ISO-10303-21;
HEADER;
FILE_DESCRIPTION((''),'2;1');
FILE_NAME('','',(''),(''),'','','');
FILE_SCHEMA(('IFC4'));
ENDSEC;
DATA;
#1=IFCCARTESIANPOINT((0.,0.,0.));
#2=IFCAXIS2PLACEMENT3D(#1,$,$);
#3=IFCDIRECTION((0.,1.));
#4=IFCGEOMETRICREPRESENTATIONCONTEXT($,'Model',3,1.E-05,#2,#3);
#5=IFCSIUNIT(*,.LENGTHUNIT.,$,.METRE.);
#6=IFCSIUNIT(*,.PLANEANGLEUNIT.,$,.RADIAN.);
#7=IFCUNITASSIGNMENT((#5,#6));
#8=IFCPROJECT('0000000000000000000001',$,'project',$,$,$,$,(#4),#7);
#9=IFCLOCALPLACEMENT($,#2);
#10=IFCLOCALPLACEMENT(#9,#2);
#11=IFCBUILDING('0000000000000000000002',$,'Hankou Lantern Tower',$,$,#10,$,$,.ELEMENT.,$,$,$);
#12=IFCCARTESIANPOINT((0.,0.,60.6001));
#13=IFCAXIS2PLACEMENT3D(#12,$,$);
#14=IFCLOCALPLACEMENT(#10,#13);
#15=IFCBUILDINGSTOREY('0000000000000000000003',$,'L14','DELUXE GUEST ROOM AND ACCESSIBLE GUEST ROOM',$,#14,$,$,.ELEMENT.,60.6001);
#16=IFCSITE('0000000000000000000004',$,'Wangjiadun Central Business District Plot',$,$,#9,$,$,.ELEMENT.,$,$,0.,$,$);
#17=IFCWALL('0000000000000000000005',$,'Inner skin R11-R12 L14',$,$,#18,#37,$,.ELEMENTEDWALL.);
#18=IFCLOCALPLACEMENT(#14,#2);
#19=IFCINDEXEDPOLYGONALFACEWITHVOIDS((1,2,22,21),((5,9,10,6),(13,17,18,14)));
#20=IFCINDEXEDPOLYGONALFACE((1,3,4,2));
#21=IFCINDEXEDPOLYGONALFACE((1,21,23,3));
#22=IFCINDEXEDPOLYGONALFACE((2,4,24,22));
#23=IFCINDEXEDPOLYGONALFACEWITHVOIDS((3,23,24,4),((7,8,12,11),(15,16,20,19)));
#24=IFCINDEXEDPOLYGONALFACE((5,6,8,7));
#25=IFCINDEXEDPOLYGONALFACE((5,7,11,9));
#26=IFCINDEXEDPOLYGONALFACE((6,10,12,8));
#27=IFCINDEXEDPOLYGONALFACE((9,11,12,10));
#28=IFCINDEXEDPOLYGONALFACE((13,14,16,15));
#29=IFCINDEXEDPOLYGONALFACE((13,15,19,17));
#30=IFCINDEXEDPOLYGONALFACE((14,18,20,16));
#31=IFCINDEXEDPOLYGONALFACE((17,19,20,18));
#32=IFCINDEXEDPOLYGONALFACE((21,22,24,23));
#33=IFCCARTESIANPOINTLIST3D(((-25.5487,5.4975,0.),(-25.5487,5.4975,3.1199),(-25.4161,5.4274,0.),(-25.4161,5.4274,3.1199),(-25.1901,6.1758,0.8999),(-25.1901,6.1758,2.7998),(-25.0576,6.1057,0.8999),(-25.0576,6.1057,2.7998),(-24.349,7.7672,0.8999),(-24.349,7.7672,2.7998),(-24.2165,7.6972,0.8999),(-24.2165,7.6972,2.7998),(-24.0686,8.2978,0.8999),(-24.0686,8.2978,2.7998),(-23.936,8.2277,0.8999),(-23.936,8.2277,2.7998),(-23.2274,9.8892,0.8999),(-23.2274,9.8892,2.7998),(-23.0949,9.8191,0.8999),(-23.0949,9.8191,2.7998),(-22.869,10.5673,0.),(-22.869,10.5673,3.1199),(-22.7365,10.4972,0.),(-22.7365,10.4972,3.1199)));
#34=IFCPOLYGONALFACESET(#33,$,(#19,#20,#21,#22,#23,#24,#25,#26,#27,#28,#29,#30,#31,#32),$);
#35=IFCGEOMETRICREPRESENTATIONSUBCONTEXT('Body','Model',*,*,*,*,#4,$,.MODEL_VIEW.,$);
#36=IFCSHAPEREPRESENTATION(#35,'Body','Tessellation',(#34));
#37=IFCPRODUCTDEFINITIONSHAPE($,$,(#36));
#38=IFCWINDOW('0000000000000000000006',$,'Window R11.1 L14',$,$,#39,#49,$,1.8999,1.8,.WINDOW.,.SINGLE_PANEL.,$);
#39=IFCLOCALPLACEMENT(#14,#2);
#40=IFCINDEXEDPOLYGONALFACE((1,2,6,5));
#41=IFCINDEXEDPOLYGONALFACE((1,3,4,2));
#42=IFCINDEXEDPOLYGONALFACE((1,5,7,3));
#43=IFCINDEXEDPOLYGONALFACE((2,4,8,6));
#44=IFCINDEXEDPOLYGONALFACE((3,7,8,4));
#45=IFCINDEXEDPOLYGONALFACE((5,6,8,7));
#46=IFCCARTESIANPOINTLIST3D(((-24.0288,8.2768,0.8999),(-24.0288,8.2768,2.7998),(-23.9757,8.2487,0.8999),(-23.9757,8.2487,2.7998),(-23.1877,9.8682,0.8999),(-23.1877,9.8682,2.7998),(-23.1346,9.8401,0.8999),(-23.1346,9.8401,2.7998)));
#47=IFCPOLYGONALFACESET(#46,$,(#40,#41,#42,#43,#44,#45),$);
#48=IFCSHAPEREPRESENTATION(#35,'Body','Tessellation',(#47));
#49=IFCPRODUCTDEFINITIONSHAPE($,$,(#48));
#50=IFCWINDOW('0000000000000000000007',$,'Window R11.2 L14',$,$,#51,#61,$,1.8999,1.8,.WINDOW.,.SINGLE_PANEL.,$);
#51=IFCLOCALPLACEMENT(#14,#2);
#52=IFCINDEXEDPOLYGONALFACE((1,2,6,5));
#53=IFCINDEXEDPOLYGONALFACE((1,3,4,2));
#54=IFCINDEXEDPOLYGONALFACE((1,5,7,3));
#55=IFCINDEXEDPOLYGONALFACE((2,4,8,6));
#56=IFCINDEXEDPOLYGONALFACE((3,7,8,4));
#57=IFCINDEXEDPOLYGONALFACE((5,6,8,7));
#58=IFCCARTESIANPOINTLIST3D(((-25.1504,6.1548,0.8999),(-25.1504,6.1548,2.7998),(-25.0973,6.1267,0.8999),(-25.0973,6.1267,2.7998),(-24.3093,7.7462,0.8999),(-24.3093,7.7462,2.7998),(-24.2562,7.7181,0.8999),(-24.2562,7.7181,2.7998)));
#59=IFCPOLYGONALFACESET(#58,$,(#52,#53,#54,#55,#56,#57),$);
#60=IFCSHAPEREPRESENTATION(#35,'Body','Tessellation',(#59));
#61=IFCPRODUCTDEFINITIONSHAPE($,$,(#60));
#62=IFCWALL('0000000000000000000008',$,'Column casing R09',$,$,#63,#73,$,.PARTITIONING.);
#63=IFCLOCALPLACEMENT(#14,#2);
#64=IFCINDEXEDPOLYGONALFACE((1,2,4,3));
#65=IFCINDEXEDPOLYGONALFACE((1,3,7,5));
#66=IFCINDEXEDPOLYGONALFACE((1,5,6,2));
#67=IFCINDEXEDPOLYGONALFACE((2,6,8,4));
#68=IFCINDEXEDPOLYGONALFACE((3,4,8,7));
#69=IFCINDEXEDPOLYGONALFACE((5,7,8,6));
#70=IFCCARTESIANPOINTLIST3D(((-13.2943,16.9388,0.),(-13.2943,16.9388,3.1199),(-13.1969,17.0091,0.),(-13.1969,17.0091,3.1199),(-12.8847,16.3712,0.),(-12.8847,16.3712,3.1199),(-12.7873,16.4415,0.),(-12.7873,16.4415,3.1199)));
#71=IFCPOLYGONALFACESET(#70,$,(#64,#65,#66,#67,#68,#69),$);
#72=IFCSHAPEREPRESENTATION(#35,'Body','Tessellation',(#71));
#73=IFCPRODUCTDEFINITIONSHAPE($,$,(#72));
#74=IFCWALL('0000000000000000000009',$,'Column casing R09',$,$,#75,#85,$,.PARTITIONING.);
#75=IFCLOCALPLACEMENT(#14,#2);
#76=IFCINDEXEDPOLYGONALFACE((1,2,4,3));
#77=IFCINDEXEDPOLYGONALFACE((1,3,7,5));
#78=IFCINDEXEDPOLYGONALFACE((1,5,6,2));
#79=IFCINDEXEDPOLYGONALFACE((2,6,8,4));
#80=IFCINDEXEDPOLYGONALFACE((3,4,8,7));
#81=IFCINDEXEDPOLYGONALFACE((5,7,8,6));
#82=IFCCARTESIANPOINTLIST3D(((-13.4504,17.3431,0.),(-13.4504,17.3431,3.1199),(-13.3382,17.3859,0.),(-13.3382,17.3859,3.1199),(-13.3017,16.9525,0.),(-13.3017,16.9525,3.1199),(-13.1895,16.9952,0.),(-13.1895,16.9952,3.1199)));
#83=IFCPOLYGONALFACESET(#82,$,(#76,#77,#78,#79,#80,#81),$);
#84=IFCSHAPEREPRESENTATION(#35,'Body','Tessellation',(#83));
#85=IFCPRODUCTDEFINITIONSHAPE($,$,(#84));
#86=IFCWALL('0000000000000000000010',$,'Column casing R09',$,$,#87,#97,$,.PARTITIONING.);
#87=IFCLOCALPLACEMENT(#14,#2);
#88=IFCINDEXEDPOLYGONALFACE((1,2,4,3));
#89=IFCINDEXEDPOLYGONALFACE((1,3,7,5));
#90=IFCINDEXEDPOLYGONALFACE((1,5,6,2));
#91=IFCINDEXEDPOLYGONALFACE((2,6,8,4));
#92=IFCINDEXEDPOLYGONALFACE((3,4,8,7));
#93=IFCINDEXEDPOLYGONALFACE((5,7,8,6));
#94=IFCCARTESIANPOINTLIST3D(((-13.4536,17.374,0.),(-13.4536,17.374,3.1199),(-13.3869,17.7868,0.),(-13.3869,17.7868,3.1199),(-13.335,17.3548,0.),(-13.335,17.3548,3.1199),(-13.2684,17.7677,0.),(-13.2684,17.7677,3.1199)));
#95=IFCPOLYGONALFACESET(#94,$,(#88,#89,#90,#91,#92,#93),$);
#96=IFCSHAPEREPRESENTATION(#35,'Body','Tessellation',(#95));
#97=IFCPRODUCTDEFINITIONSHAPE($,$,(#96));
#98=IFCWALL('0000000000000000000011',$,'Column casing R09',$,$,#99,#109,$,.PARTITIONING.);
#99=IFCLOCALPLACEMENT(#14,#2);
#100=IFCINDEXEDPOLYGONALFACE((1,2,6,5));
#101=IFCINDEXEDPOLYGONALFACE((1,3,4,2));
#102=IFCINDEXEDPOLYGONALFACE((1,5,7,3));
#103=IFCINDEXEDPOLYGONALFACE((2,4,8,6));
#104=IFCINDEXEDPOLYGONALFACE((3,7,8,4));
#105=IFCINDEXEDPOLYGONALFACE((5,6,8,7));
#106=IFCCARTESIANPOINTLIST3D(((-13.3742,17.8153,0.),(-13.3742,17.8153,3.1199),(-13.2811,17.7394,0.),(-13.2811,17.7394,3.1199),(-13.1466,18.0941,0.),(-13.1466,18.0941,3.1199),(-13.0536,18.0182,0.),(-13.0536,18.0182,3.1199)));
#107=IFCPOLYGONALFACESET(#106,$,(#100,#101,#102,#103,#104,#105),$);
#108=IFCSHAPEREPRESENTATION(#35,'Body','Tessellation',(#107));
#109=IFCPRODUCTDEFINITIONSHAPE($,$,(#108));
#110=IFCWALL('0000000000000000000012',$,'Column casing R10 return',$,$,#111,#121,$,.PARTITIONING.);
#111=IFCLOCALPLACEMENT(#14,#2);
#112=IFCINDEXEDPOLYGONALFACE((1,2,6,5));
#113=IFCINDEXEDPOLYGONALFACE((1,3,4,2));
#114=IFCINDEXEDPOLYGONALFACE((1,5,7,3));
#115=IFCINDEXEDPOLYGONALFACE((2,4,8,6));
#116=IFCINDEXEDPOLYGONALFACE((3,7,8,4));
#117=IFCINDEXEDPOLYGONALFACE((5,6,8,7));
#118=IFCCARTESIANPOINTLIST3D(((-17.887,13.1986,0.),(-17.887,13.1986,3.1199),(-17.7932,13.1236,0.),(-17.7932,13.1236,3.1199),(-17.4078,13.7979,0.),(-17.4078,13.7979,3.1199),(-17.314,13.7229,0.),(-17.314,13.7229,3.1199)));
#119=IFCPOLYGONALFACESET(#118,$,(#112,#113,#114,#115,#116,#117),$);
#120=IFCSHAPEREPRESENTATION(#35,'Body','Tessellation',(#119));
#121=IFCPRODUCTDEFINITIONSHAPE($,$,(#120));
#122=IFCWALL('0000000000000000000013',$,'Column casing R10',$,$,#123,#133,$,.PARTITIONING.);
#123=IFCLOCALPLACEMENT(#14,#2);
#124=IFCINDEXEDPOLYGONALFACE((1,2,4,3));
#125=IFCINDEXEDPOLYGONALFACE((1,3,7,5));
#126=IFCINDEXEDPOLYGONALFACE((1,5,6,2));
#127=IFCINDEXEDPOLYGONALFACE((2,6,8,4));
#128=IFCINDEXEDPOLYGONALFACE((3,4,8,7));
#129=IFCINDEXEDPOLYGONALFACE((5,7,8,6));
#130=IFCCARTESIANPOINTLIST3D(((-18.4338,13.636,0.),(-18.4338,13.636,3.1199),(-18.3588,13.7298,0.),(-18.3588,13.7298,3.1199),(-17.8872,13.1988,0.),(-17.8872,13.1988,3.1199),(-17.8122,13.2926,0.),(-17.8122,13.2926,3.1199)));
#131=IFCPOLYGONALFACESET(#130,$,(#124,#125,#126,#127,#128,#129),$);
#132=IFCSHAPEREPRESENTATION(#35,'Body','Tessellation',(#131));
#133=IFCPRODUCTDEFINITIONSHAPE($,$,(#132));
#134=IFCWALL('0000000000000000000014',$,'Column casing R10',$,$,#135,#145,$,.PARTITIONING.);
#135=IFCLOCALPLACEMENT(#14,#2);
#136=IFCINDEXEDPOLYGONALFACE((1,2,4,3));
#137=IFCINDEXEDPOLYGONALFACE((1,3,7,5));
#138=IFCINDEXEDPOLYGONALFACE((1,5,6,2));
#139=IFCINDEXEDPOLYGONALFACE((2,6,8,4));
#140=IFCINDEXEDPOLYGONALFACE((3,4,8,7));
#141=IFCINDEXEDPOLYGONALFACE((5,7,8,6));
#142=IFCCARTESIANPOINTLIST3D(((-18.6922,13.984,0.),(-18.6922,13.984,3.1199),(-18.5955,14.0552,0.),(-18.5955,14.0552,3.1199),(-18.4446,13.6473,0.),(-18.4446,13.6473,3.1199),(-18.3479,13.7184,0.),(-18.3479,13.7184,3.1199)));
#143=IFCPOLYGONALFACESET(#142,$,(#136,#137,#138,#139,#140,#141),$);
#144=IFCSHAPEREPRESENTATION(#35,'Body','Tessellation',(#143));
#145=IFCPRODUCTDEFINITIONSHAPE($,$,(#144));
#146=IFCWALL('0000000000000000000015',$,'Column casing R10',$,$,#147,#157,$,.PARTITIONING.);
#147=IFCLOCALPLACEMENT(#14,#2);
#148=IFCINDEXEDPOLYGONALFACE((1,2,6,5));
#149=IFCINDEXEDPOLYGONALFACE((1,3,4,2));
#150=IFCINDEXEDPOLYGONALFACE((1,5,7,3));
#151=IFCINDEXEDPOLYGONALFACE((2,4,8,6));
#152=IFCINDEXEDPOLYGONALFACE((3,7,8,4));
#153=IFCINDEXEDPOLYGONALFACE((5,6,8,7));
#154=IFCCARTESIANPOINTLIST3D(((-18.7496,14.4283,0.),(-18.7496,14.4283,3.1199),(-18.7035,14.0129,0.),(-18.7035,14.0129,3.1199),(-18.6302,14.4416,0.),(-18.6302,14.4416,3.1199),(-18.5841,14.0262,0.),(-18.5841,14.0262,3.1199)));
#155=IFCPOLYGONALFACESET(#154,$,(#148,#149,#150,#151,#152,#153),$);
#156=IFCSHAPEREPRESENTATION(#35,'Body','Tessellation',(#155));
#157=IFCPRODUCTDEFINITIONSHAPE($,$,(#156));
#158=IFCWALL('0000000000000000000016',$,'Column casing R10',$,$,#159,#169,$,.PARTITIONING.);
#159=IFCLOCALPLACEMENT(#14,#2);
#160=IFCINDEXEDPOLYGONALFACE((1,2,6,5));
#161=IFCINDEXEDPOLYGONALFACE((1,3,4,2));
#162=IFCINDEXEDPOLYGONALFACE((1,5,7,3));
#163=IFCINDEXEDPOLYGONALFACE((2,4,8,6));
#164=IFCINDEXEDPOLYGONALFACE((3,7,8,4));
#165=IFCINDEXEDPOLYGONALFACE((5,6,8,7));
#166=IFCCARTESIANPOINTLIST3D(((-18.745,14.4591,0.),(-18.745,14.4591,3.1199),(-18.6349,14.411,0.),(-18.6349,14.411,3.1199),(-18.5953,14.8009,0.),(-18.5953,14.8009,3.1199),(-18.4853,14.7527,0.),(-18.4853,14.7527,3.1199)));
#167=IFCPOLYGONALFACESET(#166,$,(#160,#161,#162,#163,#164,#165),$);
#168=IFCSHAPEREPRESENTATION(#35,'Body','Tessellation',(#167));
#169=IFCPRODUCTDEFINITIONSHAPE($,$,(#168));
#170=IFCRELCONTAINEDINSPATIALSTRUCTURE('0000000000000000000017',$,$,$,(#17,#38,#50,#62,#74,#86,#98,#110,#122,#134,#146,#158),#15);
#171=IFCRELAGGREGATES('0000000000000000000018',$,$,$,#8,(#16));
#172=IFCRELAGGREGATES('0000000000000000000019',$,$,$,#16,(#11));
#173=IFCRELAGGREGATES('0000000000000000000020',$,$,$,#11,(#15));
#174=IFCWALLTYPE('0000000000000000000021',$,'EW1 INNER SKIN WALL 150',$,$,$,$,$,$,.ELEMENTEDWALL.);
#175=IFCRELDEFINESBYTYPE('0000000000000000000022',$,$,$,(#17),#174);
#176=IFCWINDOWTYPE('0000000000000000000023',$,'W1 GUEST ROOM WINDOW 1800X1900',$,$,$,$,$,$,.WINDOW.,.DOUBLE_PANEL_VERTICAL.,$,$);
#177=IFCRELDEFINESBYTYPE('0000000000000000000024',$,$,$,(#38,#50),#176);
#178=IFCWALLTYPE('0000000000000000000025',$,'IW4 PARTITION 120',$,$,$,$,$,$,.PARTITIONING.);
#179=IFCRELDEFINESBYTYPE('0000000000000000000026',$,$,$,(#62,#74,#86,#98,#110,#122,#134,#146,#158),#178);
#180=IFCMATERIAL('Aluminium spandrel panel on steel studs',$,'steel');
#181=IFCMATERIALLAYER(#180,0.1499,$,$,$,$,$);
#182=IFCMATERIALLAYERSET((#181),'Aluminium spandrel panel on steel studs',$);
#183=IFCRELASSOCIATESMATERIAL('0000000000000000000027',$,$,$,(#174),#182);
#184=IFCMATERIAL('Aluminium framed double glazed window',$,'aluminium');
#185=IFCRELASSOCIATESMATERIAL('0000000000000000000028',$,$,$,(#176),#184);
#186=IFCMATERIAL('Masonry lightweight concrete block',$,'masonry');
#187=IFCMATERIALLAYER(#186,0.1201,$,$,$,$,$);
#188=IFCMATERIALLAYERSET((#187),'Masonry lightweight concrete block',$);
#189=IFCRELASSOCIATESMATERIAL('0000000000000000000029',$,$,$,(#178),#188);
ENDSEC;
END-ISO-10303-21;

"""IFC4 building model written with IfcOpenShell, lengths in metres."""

from ifc_helpers import new_model, si_unit, direction, frame, frame_2d, origin, place, context, subcontext, project, spatial, rectangle, extrude, material, layer, layer_set, type_object, element, fill, save


model = new_model("IFC4")

# Units and contexts
model_context = context("Model", 3, precision=1e-05, world=origin(), true_north=direction((0.0, 1.0)))
body_context = subcontext(model_context, "Body", "Model", "MODEL_VIEW")
ifc_project = project(units=[si_unit("LENGTHUNIT", "METRE"), si_unit("PLANEANGLEUNIT", "RADIAN")], contexts=[model_context])

# Site, building, storey
site_placement = place(None, origin())
site = spatial("IfcSite", under=ifc_project, at=site_placement, Name="Wangjiadun Central Business District Plot", CompositionType="ELEMENT", RefElevation=0.0)
building_placement = place(site_placement, origin())
building = spatial("IfcBuilding", under=site, at=building_placement, Name="Hankou Lantern Tower", CompositionType="ELEMENT")
storey_placement = place(building_placement, frame((0.0, 0.0, 60.6001)))
storey = spatial("IfcBuildingStorey", under=building, at=storey_placement, Name="L14", Description="DELUXE GUEST ROOM AND ACCESSIBLE GUEST ROOM", CompositionType="ELEMENT", Elevation=60.6001)

# Wall, openings, windows
ifc_material_1 = material(Name="Aluminium spandrel panel on steel studs", Category="steel")
ifc_layer_1 = layer(ifc_material_1, 0.1499)
ifc_layer_set_1 = layer_set([ifc_layer_1], Name="Aluminium spandrel panel on steel studs")
wall_type_1 = type_object("IfcWallType", Name="EW1 INNER SKIN WALL 150", PredefinedType="ELEMENTEDWALL", material=ifc_layer_set_1)
ifc_material_2 = material(Name="Aluminium framed double glazed window", Category="aluminium")
window_type = type_object("IfcWindowType", Name="W1 GUEST ROOM WINDOW 1800X1900", PartitioningType="DOUBLE_PANEL_VERTICAL", PredefinedType="WINDOW", material=ifc_material_2)
wall_1_placement = place(storey_placement, frame((-22.8027, 10.5322, 0.0), z_axis=(0.0, 0.0, 1.0), x_axis=(-0.467297, -0.8841, 0.0)))
wall_1 = element("IfcWall", 1, at=wall_1_placement, inside=storey, type_object=wall_type_1, Name="Inner skin R11-R12 L14", PredefinedType="ELEMENTEDWALL", context=body_context, shape_type="SweptSolid", body=[
    extrude(rectangle(XDim=5.7344, YDim=0.1499, at=frame_2d((2.8672, 0.0))), origin(), (0.0, 0.0, 1.0), 3.1199),
])
opening_1_placement = place(wall_1_placement, frame((0.7671, 0.0, 0.8999)))
opening_1 = element("IfcOpeningElement", 2, at=opening_1_placement, cuts=wall_1, PredefinedType="OPENING", context=body_context, shape_type="SweptSolid", body=[
    extrude(rectangle(XDim=1.8, YDim=1.8999, at=frame_2d((0.8999, 0.95))), frame((0.0, 0.085, 0.0), z_axis=(0.0, -1.0, 0.0), x_axis=(1.0, 0.0, 0.0)), (0.0, 0.0, 1.0), 0.1699),
])
opening_2_placement = place(wall_1_placement, frame((3.1672, 0.0, 0.8999)))
opening_2 = element("IfcOpeningElement", 3, at=opening_2_placement, cuts=wall_1, PredefinedType="OPENING", context=body_context, shape_type="SweptSolid", body=[
    extrude(rectangle(XDim=1.8, YDim=1.8999, at=frame_2d((0.8999, 0.95))), frame((0.0, 0.085, 0.0), z_axis=(0.0, -1.0, 0.0), x_axis=(1.0, 0.0, 0.0)), (0.0, 0.0, 1.0), 0.1699),
])
window_1_placement = place(opening_1_placement, origin())
window_1 = element("IfcWindow", 4, at=window_1_placement, inside=storey, type_object=window_type, Name="Window R11.1 L14", OverallHeight=1.8999, OverallWidth=1.8, PartitioningType="SINGLE_PANEL", PredefinedType="WINDOW", context=body_context, shape_type="SweptSolid", body=[
    extrude(rectangle(XDim=1.8, YDim=1.8999, at=frame_2d((0.8999, 0.95))), frame((0.0, 0.03, 0.0), z_axis=(0.0, -1.0, 0.0), x_axis=(1.0, 0.0, 0.0)), (0.0, 0.0, 1.0), 0.0601),
])
fill(opening_1, window_1)
window_2_placement = place(opening_2_placement, origin())
window_2 = element("IfcWindow", 5, at=window_2_placement, inside=storey, type_object=window_type, Name="Window R11.2 L14", OverallHeight=1.8999, OverallWidth=1.8, PartitioningType="SINGLE_PANEL", PredefinedType="WINDOW", context=body_context, shape_type="SweptSolid", body=[
    extrude(rectangle(XDim=1.8, YDim=1.8999, at=frame_2d((0.8999, 0.95))), frame((0.0, 0.03, 0.0), z_axis=(0.0, -1.0, 0.0), x_axis=(1.0, 0.0, 0.0)), (0.0, 0.0, 1.0), 0.0601),
])
fill(opening_2, window_2)

# Walls
ifc_material_3 = material(Name="Masonry lightweight concrete block", Category="masonry")
ifc_layer_2 = layer(ifc_material_3, 0.1201)
ifc_layer_set_2 = layer_set([ifc_layer_2], Name="Masonry lightweight concrete block")
wall_type_2 = type_object("IfcWallType", Name="IW4 PARTITION 120", PredefinedType="PARTITIONING", material=ifc_layer_set_2)
wall_2_placement = place(storey_placement, frame((-12.8359, 16.4062, 0.0), z_axis=(0.0, 0.0, 1.0), x_axis=(-0.585223, 0.810872, 0.0)))
element("IfcWall", 6, at=wall_2_placement, inside=storey, type_object=wall_type_2, Name="Column casing R09", PredefinedType="PARTITIONING", context=body_context, shape_type="SweptSolid", body=[
    extrude(rectangle(XDim=0.7, YDim=0.1201, at=frame_2d((0.3501, 0.0))), origin(), (0.0, 0.0, 1.0), 3.1199),
])
wall_3_placement = place(storey_placement, frame((-13.2456, 16.9739, 0.0), z_axis=(0.0, 0.0, 1.0), x_axis=(-0.355728, 0.934589, 0.0)))
element("IfcWall", 7, at=wall_3_placement, inside=storey, type_object=wall_type_2, Name="Column casing R09", PredefinedType="PARTITIONING", context=body_context, shape_type="SweptSolid", body=[
    extrude(rectangle(XDim=0.418, YDim=0.1201, at=frame_2d((0.209, 0.0))), origin(), (0.0, 0.0, 1.0), 3.1199),
])
wall_4_placement = place(storey_placement, frame((-13.3943, 17.3645, 0.0), z_axis=(0.0, 0.0, 1.0), x_axis=(0.159379, 0.987217, 0.0)))
element("IfcWall", 8, at=wall_4_placement, inside=storey, type_object=wall_type_2, Name="Column casing R09", PredefinedType="PARTITIONING", context=body_context, shape_type="SweptSolid", body=[
    extrude(rectangle(XDim=0.4182, YDim=0.1201, at=frame_2d((0.209, 0.0))), origin(), (0.0, 0.0, 1.0), 3.1199),
])
wall_5_placement = place(storey_placement, frame((-13.3276, 17.7773, 0.0), z_axis=(0.0, 0.0, 1.0), x_axis=(0.632277, 0.774743, 0.0)))
element("IfcWall", 9, at=wall_5_placement, inside=storey, type_object=wall_type_2, Name="Column casing R09", PredefinedType="PARTITIONING", context=body_context, shape_type="SweptSolid", body=[
    extrude(rectangle(XDim=0.3599, YDim=0.1201, at=frame_2d((0.1799, 0.0))), origin(), (0.0, 0.0, 1.0), 3.1199),
])
wall_6_placement = place(storey_placement, frame((-17.3608, 13.7605, 0.0), z_axis=(0.0, 0.0, 1.0), x_axis=(-0.624501, -0.781024, 0.0)))
element("IfcWall", 10, at=wall_6_placement, inside=storey, type_object=wall_type_2, Name="Column casing R10 return", PredefinedType="PARTITIONING", context=body_context, shape_type="SweptSolid", body=[
    extrude(rectangle(XDim=0.7673, YDim=0.1201, at=frame_2d((0.3838, 0.0))), origin(), (0.0, 0.0, 1.0), 3.1199),
])
wall_7_placement = place(storey_placement, frame((-17.8496, 13.2456, 0.0), z_axis=(0.0, 0.0, 1.0), x_axis=(-0.780903, 0.624653, 0.0)))
element("IfcWall", 11, at=wall_7_placement, inside=storey, type_object=wall_type_2, Name="Column casing R10", PredefinedType="PARTITIONING", context=body_context, shape_type="SweptSolid", body=[
    extrude(rectangle(XDim=0.7, YDim=0.1201, at=frame_2d((0.3501, 0.0))), origin(), (0.0, 0.0, 1.0), 3.1199),
])
for number, where, z_axis, x_axis, name in (
    (12, (-18.3962, 13.6829, 0.0), (0.0, 0.0, 1.0), (-0.592402, 0.805643, 0.0), "Column casing R10"),
    (13, (-18.6438, 14.0195, 0.0), (0.0, 0.0, 1.0), (-0.110367, 0.993891, 0.0), "Column casing R10"),
):
    element("IfcWall", number, at=place(storey_placement, frame(where, z_axis=z_axis, x_axis=x_axis)), inside=storey, type_object=wall_type_2, Name=name, PredefinedType="PARTITIONING", context=body_context, shape_type="SweptSolid", body=[
        extrude(rectangle(XDim=0.418, YDim=0.1201, at=frame_2d((0.209, 0.0))), origin(), (0.0, 0.0, 1.0), 3.1199),
    ])
wall_8_placement = place(storey_placement, frame((-18.6899, 14.4351, 0.0), z_axis=(0.0, 0.0, 1.0), x_axis=(0.401093, 0.916037, 0.0)))
element("IfcWall", 14, at=wall_8_placement, inside=storey, type_object=wall_type_2, Name="Column casing R10", PredefinedType="PARTITIONING", context=body_context, shape_type="SweptSolid", body=[
    extrude(rectangle(XDim=0.373, YDim=0.1201, at=frame_2d((0.1865, 0.0))), origin(), (0.0, 0.0, 1.0), 3.1199),
])

save(model, "model.ifc")
